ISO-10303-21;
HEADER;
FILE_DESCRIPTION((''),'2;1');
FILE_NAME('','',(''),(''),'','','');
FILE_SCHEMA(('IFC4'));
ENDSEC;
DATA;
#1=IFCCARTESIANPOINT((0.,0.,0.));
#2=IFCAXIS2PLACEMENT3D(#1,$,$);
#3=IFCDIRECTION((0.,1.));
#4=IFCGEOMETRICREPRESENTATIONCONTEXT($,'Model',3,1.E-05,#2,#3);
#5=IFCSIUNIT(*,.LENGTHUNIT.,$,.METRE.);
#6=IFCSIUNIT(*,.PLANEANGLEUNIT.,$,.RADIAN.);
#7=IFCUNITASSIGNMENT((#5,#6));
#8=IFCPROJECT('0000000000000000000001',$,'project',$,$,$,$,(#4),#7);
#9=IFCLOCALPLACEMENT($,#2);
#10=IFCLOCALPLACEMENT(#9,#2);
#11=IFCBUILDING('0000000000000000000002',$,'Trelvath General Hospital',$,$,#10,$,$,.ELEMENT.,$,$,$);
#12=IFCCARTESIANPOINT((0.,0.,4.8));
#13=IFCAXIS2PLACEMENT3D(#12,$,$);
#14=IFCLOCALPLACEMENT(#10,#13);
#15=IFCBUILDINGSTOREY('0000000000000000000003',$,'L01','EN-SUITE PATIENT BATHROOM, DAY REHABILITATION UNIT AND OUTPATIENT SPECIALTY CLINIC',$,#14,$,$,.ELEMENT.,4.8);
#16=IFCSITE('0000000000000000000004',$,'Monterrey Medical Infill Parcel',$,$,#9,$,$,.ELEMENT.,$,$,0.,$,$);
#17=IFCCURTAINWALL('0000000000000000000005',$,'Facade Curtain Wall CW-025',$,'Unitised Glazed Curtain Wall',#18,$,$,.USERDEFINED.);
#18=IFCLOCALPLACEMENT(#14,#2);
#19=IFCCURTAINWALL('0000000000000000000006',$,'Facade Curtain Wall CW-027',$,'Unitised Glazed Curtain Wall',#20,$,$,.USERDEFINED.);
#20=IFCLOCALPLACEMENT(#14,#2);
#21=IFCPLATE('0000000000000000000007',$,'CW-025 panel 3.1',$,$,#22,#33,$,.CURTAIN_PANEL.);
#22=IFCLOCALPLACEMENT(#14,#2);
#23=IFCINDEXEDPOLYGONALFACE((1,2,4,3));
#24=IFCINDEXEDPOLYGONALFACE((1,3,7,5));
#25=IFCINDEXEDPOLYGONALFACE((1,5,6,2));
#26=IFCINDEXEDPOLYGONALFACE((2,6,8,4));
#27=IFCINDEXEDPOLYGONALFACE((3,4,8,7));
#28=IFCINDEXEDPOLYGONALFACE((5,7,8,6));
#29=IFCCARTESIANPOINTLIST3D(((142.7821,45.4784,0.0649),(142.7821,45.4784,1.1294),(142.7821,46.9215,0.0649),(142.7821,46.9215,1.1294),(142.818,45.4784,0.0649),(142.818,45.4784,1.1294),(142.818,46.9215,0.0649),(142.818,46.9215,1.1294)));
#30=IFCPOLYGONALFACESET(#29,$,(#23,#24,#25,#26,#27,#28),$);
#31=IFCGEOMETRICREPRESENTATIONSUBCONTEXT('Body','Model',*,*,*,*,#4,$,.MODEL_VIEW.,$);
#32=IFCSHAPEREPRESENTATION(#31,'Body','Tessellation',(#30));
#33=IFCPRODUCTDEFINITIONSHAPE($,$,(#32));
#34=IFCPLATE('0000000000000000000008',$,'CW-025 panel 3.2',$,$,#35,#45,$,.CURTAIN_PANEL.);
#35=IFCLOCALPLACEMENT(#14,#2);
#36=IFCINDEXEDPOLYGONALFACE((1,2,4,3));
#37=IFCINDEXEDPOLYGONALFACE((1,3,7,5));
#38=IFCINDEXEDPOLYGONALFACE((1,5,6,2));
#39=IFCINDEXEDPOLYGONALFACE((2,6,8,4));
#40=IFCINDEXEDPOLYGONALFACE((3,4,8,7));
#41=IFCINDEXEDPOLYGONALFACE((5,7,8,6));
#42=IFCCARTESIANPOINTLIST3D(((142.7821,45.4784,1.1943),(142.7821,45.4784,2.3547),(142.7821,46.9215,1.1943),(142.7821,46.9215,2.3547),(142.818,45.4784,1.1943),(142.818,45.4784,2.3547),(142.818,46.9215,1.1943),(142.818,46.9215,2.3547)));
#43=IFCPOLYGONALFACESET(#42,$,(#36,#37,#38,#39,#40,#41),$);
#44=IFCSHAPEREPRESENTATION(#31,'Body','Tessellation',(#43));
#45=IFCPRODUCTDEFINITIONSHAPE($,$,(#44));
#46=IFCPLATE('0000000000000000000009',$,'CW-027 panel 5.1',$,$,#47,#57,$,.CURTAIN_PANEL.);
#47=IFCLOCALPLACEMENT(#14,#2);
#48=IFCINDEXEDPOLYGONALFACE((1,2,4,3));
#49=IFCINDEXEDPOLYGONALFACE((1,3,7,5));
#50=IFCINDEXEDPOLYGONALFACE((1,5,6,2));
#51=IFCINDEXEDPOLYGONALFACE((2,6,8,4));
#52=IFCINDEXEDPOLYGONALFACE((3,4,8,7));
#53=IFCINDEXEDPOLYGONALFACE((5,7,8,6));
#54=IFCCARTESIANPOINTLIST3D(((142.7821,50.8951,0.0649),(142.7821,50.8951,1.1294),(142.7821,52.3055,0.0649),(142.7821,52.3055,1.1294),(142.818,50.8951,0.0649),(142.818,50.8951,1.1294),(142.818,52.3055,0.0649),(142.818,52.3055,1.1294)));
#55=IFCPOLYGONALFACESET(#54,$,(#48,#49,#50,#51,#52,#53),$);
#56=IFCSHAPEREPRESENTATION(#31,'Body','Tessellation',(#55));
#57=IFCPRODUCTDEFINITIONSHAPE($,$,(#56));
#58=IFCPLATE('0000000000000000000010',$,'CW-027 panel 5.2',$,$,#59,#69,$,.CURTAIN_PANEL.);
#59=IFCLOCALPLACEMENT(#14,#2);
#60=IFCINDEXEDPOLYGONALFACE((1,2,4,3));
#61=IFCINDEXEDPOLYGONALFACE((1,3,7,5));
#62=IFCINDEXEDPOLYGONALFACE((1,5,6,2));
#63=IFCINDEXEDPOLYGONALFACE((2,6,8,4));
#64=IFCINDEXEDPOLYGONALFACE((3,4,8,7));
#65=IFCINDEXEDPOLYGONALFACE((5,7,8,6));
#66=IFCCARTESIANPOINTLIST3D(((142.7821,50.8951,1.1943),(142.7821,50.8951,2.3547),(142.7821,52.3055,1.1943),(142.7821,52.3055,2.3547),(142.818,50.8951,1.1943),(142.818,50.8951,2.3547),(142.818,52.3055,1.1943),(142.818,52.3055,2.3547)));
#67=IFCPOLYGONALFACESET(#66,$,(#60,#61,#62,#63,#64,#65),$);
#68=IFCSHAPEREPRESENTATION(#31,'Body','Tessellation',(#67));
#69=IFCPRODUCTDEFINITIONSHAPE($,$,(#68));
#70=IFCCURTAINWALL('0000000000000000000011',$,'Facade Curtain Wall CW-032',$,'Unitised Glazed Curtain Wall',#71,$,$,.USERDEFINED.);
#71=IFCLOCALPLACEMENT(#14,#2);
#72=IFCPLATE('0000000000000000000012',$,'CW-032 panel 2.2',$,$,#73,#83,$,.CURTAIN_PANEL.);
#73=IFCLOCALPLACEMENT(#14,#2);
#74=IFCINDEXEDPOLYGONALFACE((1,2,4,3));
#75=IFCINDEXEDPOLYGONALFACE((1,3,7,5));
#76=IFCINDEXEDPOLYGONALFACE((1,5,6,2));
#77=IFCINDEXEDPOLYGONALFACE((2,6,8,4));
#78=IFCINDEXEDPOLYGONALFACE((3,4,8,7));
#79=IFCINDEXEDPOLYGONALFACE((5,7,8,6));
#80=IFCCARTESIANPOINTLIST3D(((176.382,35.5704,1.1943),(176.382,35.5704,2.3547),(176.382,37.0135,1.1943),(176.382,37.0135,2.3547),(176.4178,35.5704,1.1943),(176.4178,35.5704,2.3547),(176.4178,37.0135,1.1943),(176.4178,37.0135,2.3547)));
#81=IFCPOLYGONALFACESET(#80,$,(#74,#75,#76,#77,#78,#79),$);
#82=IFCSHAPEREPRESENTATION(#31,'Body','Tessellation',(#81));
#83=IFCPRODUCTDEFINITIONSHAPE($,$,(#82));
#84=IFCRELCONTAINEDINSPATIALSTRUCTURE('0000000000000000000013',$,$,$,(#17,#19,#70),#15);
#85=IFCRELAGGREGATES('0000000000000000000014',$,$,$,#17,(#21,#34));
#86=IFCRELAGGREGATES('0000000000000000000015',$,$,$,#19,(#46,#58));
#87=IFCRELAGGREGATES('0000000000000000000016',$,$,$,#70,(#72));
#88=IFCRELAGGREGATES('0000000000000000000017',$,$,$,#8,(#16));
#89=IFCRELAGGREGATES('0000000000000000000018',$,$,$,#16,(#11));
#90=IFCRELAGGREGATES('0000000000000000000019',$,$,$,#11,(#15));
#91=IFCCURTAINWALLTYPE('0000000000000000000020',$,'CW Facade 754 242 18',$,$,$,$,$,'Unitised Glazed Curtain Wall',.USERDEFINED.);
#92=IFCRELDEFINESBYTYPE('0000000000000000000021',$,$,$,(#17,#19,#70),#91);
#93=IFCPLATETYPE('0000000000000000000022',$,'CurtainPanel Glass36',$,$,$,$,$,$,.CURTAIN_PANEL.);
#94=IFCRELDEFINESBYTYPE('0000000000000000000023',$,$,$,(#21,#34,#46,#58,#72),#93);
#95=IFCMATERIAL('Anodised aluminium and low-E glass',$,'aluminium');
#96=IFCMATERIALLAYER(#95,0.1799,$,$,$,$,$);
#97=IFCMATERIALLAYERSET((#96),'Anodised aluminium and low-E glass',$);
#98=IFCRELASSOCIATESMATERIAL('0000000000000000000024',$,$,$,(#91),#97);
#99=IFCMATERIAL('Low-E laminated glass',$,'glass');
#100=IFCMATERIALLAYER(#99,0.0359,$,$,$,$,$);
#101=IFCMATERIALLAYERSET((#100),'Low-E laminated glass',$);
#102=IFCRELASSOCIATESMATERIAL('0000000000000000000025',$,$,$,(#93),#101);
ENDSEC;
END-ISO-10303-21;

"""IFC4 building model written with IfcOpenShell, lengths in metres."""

from ifc_helpers import new_model, si_unit, direction, frame, origin, origin_2d, place, context, subcontext, project, spatial, rectangle, extrude, material, layer, layer_set, type_object, element, aggregate, save


model = new_model("IFC4")

# Units and contexts
model_context = context("Model", 3, precision=1e-05, world=origin(), true_north=direction((0.0, 1.0)))
body_context = subcontext(model_context, "Body", "Model", "MODEL_VIEW")
ifc_project = project(units=[si_unit("LENGTHUNIT", "METRE"), si_unit("PLANEANGLEUNIT", "RADIAN")], contexts=[model_context])

# Site, building, storey
site_placement = place(None, origin())
site = spatial("IfcSite", under=ifc_project, at=site_placement, Name="Monterrey Medical Infill Parcel", CompositionType="ELEMENT", RefElevation=0.0)
building_placement = place(site_placement, origin())
building = spatial("IfcBuilding", under=site, at=building_placement, Name="Trelvath General Hospital", CompositionType="ELEMENT")
storey_placement = place(building_placement, frame((0.0, 0.0, 4.8)))
storey = spatial("IfcBuildingStorey", under=building, at=storey_placement, Name="L01", Description="EN-SUITE PATIENT BATHROOM, DAY REHABILITATION UNIT AND OUTPATIENT SPECIALTY CLINIC", CompositionType="ELEMENT", Elevation=4.8)

# Curtain walls
ifc_material_1 = material(Name="Anodised aluminium and low-E glass", Category="aluminium")
ifc_layer_1 = layer(ifc_material_1, 0.1799)
ifc_layer_set_1 = layer_set([ifc_layer_1], Name="Anodised aluminium and low-E glass")
curtain_wall_type = type_object("IfcCurtainWallType", Name="CW Facade 754 242 18", ElementType="Unitised Glazed Curtain Wall", PredefinedType="USERDEFINED", material=ifc_layer_set_1)
curtain_wall_1_placement = place(storey_placement, origin())
curtain_wall_1 = element("IfcCurtainWall", 1, at=curtain_wall_1_placement, inside=storey, type_object=curtain_wall_type, Name="Facade Curtain Wall CW-025", ObjectType="Unitised Glazed Curtain Wall", PredefinedType="USERDEFINED")
curtain_wall_2_placement = place(storey_placement, origin())
curtain_wall_2 = element("IfcCurtainWall", 2, at=curtain_wall_2_placement, inside=storey, type_object=curtain_wall_type, Name="Facade Curtain Wall CW-027", ObjectType="Unitised Glazed Curtain Wall", PredefinedType="USERDEFINED")

# Plates
ifc_material_2 = material(Name="Low-E laminated glass", Category="glass")
ifc_layer_2 = layer(ifc_material_2, 0.0359)
ifc_layer_set_2 = layer_set([ifc_layer_2], Name="Low-E laminated glass")
plate_type = type_object("IfcPlateType", Name="CurtainPanel Glass36", PredefinedType="CURTAIN_PANEL", material=ifc_layer_set_2)
plate_1_placement = place(storey_placement, frame((142.8, 46.2, 0.0649), z_axis=(0.0, 0.0, 1.0), x_axis=(0.0, -1.0, 0.0)))
plate_1 = element("IfcPlate", 3, at=plate_1_placement, type_object=plate_type, Name="CW-025 panel 3.1", PredefinedType="CURTAIN_PANEL", context=body_context, shape_type="SweptSolid", body=[
    extrude(rectangle(XDim=1.4431, YDim=0.0359, at=origin_2d()), origin(), (0.0, 0.0, 1.0), 1.0645),
])
plate_2_placement = place(storey_placement, frame((142.8, 46.2, 1.1943), z_axis=(0.0, 0.0, 1.0), x_axis=(0.0, -1.0, 0.0)))
plate_2 = element("IfcPlate", 4, at=plate_2_placement, type_object=plate_type, Name="CW-025 panel 3.2", PredefinedType="CURTAIN_PANEL", context=body_context, shape_type="SweptSolid", body=[
    extrude(rectangle(XDim=1.4431, YDim=0.0359, at=origin_2d()), origin(), (0.0, 0.0, 1.0), 1.1604),
])
aggregate(curtain_wall_1, [plate_1, plate_2])
plate_3_placement = place(storey_placement, frame((142.8, 51.6003, 0.0649), z_axis=(0.0, 0.0, 1.0), x_axis=(0.0, -1.0, 0.0)))
plate_3 = element("IfcPlate", 5, at=plate_3_placement, type_object=plate_type, Name="CW-027 panel 5.1", PredefinedType="CURTAIN_PANEL", context=body_context, shape_type="SweptSolid", body=[
    extrude(rectangle(XDim=1.4104, YDim=0.0359, at=origin_2d()), origin(), (0.0, 0.0, 1.0), 1.0645),
])
plate_4_placement = place(storey_placement, frame((142.8, 51.6003, 1.1943), z_axis=(0.0, 0.0, 1.0), x_axis=(0.0, -1.0, 0.0)))
plate_4 = element("IfcPlate", 6, at=plate_4_placement, type_object=plate_type, Name="CW-027 panel 5.2", PredefinedType="CURTAIN_PANEL", context=body_context, shape_type="SweptSolid", body=[
    extrude(rectangle(XDim=1.4104, YDim=0.0359, at=origin_2d()), origin(), (0.0, 0.0, 1.0), 1.1604),
])
aggregate(curtain_wall_2, [plate_3, plate_4])

# Curtain wall, plate
curtain_wall_3_placement = place(storey_placement, origin())
curtain_wall_3 = element("IfcCurtainWall", 7, at=curtain_wall_3_placement, inside=storey, type_object=curtain_wall_type, Name="Facade Curtain Wall CW-032", ObjectType="Unitised Glazed Curtain Wall", PredefinedType="USERDEFINED")
plate_5_placement = place(storey_placement, frame((176.3999, 36.292, 1.1943), z_axis=(0.0, 0.0, 1.0), x_axis=(0.0, 1.0, 0.0)))
plate_5 = element("IfcPlate", 8, at=plate_5_placement, type_object=plate_type, Name="CW-032 panel 2.2", PredefinedType="CURTAIN_PANEL", context=body_context, shape_type="SweptSolid", body=[
    extrude(rectangle(XDim=1.4431, YDim=0.0359, at=origin_2d()), origin(), (0.0, 0.0, 1.0), 1.1604),
])
aggregate(curtain_wall_3, [plate_5])

save(model, "model.ifc")
